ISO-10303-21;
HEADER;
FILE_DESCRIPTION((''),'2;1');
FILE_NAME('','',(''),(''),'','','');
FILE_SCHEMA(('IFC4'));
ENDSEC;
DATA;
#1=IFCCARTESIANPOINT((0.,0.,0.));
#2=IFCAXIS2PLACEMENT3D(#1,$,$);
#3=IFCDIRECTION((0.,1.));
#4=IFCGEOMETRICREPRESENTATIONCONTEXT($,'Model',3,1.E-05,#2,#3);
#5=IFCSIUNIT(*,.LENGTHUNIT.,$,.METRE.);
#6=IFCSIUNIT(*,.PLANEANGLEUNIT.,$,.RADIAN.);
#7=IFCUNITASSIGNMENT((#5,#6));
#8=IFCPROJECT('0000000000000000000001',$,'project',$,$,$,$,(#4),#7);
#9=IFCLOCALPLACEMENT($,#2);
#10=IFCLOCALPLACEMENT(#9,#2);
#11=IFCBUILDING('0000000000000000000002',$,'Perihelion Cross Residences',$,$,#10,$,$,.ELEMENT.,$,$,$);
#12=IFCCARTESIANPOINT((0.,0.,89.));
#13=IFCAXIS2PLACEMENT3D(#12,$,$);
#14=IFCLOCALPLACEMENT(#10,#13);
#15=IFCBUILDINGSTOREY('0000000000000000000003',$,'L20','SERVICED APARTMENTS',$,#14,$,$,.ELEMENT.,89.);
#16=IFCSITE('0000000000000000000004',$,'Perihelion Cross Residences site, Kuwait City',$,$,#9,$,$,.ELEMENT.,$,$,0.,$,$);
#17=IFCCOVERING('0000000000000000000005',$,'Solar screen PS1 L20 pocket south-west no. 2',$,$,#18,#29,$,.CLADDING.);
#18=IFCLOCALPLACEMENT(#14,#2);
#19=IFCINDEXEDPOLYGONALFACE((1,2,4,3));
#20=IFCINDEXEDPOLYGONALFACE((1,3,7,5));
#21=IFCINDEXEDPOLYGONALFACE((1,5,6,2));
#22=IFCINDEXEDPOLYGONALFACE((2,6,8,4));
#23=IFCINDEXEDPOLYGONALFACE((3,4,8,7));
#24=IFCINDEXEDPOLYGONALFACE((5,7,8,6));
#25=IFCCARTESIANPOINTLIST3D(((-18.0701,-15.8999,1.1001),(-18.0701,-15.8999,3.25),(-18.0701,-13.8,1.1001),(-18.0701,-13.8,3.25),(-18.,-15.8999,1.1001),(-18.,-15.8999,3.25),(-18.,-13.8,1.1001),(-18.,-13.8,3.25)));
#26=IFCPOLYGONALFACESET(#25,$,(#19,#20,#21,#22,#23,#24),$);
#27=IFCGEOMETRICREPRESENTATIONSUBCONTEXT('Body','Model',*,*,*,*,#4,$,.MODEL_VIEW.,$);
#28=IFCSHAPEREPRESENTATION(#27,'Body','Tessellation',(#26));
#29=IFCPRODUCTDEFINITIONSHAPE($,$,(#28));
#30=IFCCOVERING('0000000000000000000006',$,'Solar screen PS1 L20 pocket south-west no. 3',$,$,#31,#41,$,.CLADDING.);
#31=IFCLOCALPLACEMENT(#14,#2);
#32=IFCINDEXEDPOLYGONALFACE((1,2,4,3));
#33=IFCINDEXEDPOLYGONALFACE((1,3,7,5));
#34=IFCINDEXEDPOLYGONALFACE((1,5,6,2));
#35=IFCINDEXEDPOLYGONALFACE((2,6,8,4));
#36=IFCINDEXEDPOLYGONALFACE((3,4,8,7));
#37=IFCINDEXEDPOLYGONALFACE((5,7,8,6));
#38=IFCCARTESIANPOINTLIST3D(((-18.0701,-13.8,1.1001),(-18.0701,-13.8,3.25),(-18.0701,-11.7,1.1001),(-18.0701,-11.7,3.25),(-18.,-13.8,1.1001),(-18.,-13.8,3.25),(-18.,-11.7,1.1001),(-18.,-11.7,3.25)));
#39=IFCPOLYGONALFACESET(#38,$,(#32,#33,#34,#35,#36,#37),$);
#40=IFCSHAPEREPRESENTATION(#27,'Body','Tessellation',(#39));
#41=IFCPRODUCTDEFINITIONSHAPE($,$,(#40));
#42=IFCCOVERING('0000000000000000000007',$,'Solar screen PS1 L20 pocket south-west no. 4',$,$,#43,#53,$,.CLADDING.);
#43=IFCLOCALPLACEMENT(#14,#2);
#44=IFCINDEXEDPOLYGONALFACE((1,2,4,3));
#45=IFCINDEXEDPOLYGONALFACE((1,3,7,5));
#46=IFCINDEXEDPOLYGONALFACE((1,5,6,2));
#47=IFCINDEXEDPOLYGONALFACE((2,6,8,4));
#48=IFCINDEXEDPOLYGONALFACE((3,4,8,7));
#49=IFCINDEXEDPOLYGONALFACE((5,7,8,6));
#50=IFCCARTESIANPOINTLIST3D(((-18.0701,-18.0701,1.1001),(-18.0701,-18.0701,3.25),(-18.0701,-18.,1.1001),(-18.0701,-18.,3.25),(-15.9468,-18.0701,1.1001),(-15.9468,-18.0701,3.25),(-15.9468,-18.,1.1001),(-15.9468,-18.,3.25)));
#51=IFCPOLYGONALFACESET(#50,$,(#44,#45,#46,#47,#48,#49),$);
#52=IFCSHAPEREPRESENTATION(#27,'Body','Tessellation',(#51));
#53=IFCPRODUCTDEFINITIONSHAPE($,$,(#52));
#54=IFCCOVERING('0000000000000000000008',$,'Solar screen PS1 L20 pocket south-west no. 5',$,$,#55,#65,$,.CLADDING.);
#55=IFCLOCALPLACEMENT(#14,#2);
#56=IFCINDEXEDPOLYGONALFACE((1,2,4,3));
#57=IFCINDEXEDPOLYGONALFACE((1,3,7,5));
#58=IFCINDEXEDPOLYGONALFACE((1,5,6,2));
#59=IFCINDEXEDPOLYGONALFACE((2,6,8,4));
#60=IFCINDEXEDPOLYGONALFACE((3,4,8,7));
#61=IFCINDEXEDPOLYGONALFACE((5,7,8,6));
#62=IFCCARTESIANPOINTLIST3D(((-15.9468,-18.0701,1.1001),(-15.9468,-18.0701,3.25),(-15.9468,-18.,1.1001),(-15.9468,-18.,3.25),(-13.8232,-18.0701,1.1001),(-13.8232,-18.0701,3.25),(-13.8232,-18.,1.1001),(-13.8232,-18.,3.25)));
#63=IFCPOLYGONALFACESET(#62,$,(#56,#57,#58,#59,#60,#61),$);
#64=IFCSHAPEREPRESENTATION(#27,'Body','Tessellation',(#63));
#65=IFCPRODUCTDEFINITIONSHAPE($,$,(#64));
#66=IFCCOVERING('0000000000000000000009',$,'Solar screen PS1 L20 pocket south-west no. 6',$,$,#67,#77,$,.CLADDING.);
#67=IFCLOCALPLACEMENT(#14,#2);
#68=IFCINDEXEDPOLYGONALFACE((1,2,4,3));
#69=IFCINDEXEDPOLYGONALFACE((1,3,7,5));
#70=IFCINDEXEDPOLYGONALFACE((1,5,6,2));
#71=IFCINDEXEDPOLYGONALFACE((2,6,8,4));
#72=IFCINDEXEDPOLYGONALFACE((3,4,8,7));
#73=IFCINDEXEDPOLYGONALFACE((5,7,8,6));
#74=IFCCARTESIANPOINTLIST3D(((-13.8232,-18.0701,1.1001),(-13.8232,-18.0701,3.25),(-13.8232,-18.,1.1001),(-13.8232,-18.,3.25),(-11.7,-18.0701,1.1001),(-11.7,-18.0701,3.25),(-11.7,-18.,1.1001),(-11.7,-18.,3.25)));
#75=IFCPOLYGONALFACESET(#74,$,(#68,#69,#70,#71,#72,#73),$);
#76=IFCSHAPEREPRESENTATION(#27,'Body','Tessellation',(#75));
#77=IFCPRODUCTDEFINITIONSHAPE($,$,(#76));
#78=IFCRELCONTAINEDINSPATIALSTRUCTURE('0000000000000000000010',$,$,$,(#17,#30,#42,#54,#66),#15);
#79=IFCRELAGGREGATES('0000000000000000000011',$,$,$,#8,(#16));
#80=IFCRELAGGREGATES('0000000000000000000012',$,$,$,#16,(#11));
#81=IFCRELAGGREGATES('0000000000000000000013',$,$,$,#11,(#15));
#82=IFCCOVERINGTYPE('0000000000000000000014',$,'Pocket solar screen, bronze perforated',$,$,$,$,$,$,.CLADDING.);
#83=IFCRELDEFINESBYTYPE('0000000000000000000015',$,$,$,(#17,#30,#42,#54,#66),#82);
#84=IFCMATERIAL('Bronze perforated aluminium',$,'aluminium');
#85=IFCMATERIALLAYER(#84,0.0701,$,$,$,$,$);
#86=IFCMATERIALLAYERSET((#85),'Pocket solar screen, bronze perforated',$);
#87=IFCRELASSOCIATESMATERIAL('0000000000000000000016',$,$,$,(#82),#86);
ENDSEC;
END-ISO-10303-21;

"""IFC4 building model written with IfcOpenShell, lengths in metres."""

from ifc_helpers import new_model, si_unit, direction, frame, origin, place, context, subcontext, project, spatial, polyline, outline, extrude, material, layer, layer_set, type_object, element, save


model = new_model("IFC4")

# Units and contexts
model_context = context("Model", 3, precision=1e-05, world=origin(), true_north=direction((0.0, 1.0)))
body_context = subcontext(model_context, "Body", "Model", "MODEL_VIEW")
ifc_project = project(units=[si_unit("LENGTHUNIT", "METRE"), si_unit("PLANEANGLEUNIT", "RADIAN")], contexts=[model_context])

# Site, building, storey
site_placement = place(None, origin())
site = spatial("IfcSite", under=ifc_project, at=site_placement, Name="Perihelion Cross Residences site, Kuwait City", CompositionType="ELEMENT", RefElevation=0.0)
building_placement = place(site_placement, origin())
building = spatial("IfcBuilding", under=site, at=building_placement, Name="Perihelion Cross Residences", CompositionType="ELEMENT")
storey_placement = place(building_placement, frame((0.0, 0.0, 89.0)))
storey = spatial("IfcBuildingStorey", under=building, at=storey_placement, Name="L20", Description="SERVICED APARTMENTS", CompositionType="ELEMENT", Elevation=89.0)

# Coverings
ifc_material_1 = material(Name="Bronze perforated aluminium", Category="aluminium")
ifc_layer_1 = layer(ifc_material_1, 0.0701)
ifc_layer_set_1 = layer_set([ifc_layer_1], Name="Pocket solar screen, bronze perforated")
covering_type_1 = type_object("IfcCoveringType", Name="Pocket solar screen, bronze perforated", PredefinedType="CLADDING", material=ifc_layer_set_1)
covering_1_placement = place(storey_placement, frame((0.0, 0.0, 1.1001)))
element("IfcCovering", 1, at=covering_1_placement, inside=storey, type_object=covering_type_1, Name="Solar screen PS1 L20 pocket south-west no. 2", PredefinedType="CLADDING", context=body_context, shape_type="SweptSolid", body=[
    extrude(outline(polyline([(-18.0, -15.8999), (-18.0, -13.8), (-18.0701, -13.8), (-18.0701, -15.8999), (-18.0, -15.8999)])), origin(), (0.0, 0.0, 1.0), 2.1499),
])
covering_2_placement = place(storey_placement, frame((0.0, 0.0, 1.1001)))
element("IfcCovering", 2, at=covering_2_placement, inside=storey, type_object=covering_type_1, Name="Solar screen PS1 L20 pocket south-west no. 3", PredefinedType="CLADDING", context=body_context, shape_type="SweptSolid", body=[
    extrude(outline(polyline([(-18.0, -13.8), (-18.0, -11.7), (-18.0701, -11.7), (-18.0701, -13.8), (-18.0, -13.8)])), origin(), (0.0, 0.0, 1.0), 2.1499),
])
covering_3_placement = place(storey_placement, frame((0.0, 0.0, 1.1001)))
element("IfcCovering", 3, at=covering_3_placement, inside=storey, type_object=covering_type_1, Name="Solar screen PS1 L20 pocket south-west no. 4", PredefinedType="CLADDING", context=body_context, shape_type="SweptSolid", body=[
    extrude(outline(polyline([(-15.9468, -18.0701), (-15.9468, -18.0), (-18.0701, -18.0), (-18.0701, -18.0701), (-15.9468, -18.0701)])), origin(), (0.0, 0.0, 1.0), 2.1499),
])
covering_4_placement = place(storey_placement, frame((0.0, 0.0, 1.1001)))
element("IfcCovering", 4, at=covering_4_placement, inside=storey, type_object=covering_type_1, Name="Solar screen PS1 L20 pocket south-west no. 5", PredefinedType="CLADDING", context=body_context, shape_type="SweptSolid", body=[
    extrude(outline(polyline([(-13.8232, -18.0701), (-13.8232, -18.0), (-15.9468, -18.0), (-15.9468, -18.0701), (-13.8232, -18.0701)])), origin(), (0.0, 0.0, 1.0), 2.1499),
])
covering_5_placement = place(storey_placement, frame((0.0, 0.0, 1.1001)))
element("IfcCovering", 5, at=covering_5_placement, inside=storey, type_object=covering_type_1, Name="Solar screen PS1 L20 pocket south-west no. 6", PredefinedType="CLADDING", context=body_context, shape_type="SweptSolid", body=[
    extrude(outline(polyline([(-11.7, -18.0701), (-11.7, -18.0), (-13.8232, -18.0), (-13.8232, -18.0701), (-11.7, -18.0701)])), origin(), (0.0, 0.0, 1.0), 2.1499),
])

save(model, "model.ifc")
